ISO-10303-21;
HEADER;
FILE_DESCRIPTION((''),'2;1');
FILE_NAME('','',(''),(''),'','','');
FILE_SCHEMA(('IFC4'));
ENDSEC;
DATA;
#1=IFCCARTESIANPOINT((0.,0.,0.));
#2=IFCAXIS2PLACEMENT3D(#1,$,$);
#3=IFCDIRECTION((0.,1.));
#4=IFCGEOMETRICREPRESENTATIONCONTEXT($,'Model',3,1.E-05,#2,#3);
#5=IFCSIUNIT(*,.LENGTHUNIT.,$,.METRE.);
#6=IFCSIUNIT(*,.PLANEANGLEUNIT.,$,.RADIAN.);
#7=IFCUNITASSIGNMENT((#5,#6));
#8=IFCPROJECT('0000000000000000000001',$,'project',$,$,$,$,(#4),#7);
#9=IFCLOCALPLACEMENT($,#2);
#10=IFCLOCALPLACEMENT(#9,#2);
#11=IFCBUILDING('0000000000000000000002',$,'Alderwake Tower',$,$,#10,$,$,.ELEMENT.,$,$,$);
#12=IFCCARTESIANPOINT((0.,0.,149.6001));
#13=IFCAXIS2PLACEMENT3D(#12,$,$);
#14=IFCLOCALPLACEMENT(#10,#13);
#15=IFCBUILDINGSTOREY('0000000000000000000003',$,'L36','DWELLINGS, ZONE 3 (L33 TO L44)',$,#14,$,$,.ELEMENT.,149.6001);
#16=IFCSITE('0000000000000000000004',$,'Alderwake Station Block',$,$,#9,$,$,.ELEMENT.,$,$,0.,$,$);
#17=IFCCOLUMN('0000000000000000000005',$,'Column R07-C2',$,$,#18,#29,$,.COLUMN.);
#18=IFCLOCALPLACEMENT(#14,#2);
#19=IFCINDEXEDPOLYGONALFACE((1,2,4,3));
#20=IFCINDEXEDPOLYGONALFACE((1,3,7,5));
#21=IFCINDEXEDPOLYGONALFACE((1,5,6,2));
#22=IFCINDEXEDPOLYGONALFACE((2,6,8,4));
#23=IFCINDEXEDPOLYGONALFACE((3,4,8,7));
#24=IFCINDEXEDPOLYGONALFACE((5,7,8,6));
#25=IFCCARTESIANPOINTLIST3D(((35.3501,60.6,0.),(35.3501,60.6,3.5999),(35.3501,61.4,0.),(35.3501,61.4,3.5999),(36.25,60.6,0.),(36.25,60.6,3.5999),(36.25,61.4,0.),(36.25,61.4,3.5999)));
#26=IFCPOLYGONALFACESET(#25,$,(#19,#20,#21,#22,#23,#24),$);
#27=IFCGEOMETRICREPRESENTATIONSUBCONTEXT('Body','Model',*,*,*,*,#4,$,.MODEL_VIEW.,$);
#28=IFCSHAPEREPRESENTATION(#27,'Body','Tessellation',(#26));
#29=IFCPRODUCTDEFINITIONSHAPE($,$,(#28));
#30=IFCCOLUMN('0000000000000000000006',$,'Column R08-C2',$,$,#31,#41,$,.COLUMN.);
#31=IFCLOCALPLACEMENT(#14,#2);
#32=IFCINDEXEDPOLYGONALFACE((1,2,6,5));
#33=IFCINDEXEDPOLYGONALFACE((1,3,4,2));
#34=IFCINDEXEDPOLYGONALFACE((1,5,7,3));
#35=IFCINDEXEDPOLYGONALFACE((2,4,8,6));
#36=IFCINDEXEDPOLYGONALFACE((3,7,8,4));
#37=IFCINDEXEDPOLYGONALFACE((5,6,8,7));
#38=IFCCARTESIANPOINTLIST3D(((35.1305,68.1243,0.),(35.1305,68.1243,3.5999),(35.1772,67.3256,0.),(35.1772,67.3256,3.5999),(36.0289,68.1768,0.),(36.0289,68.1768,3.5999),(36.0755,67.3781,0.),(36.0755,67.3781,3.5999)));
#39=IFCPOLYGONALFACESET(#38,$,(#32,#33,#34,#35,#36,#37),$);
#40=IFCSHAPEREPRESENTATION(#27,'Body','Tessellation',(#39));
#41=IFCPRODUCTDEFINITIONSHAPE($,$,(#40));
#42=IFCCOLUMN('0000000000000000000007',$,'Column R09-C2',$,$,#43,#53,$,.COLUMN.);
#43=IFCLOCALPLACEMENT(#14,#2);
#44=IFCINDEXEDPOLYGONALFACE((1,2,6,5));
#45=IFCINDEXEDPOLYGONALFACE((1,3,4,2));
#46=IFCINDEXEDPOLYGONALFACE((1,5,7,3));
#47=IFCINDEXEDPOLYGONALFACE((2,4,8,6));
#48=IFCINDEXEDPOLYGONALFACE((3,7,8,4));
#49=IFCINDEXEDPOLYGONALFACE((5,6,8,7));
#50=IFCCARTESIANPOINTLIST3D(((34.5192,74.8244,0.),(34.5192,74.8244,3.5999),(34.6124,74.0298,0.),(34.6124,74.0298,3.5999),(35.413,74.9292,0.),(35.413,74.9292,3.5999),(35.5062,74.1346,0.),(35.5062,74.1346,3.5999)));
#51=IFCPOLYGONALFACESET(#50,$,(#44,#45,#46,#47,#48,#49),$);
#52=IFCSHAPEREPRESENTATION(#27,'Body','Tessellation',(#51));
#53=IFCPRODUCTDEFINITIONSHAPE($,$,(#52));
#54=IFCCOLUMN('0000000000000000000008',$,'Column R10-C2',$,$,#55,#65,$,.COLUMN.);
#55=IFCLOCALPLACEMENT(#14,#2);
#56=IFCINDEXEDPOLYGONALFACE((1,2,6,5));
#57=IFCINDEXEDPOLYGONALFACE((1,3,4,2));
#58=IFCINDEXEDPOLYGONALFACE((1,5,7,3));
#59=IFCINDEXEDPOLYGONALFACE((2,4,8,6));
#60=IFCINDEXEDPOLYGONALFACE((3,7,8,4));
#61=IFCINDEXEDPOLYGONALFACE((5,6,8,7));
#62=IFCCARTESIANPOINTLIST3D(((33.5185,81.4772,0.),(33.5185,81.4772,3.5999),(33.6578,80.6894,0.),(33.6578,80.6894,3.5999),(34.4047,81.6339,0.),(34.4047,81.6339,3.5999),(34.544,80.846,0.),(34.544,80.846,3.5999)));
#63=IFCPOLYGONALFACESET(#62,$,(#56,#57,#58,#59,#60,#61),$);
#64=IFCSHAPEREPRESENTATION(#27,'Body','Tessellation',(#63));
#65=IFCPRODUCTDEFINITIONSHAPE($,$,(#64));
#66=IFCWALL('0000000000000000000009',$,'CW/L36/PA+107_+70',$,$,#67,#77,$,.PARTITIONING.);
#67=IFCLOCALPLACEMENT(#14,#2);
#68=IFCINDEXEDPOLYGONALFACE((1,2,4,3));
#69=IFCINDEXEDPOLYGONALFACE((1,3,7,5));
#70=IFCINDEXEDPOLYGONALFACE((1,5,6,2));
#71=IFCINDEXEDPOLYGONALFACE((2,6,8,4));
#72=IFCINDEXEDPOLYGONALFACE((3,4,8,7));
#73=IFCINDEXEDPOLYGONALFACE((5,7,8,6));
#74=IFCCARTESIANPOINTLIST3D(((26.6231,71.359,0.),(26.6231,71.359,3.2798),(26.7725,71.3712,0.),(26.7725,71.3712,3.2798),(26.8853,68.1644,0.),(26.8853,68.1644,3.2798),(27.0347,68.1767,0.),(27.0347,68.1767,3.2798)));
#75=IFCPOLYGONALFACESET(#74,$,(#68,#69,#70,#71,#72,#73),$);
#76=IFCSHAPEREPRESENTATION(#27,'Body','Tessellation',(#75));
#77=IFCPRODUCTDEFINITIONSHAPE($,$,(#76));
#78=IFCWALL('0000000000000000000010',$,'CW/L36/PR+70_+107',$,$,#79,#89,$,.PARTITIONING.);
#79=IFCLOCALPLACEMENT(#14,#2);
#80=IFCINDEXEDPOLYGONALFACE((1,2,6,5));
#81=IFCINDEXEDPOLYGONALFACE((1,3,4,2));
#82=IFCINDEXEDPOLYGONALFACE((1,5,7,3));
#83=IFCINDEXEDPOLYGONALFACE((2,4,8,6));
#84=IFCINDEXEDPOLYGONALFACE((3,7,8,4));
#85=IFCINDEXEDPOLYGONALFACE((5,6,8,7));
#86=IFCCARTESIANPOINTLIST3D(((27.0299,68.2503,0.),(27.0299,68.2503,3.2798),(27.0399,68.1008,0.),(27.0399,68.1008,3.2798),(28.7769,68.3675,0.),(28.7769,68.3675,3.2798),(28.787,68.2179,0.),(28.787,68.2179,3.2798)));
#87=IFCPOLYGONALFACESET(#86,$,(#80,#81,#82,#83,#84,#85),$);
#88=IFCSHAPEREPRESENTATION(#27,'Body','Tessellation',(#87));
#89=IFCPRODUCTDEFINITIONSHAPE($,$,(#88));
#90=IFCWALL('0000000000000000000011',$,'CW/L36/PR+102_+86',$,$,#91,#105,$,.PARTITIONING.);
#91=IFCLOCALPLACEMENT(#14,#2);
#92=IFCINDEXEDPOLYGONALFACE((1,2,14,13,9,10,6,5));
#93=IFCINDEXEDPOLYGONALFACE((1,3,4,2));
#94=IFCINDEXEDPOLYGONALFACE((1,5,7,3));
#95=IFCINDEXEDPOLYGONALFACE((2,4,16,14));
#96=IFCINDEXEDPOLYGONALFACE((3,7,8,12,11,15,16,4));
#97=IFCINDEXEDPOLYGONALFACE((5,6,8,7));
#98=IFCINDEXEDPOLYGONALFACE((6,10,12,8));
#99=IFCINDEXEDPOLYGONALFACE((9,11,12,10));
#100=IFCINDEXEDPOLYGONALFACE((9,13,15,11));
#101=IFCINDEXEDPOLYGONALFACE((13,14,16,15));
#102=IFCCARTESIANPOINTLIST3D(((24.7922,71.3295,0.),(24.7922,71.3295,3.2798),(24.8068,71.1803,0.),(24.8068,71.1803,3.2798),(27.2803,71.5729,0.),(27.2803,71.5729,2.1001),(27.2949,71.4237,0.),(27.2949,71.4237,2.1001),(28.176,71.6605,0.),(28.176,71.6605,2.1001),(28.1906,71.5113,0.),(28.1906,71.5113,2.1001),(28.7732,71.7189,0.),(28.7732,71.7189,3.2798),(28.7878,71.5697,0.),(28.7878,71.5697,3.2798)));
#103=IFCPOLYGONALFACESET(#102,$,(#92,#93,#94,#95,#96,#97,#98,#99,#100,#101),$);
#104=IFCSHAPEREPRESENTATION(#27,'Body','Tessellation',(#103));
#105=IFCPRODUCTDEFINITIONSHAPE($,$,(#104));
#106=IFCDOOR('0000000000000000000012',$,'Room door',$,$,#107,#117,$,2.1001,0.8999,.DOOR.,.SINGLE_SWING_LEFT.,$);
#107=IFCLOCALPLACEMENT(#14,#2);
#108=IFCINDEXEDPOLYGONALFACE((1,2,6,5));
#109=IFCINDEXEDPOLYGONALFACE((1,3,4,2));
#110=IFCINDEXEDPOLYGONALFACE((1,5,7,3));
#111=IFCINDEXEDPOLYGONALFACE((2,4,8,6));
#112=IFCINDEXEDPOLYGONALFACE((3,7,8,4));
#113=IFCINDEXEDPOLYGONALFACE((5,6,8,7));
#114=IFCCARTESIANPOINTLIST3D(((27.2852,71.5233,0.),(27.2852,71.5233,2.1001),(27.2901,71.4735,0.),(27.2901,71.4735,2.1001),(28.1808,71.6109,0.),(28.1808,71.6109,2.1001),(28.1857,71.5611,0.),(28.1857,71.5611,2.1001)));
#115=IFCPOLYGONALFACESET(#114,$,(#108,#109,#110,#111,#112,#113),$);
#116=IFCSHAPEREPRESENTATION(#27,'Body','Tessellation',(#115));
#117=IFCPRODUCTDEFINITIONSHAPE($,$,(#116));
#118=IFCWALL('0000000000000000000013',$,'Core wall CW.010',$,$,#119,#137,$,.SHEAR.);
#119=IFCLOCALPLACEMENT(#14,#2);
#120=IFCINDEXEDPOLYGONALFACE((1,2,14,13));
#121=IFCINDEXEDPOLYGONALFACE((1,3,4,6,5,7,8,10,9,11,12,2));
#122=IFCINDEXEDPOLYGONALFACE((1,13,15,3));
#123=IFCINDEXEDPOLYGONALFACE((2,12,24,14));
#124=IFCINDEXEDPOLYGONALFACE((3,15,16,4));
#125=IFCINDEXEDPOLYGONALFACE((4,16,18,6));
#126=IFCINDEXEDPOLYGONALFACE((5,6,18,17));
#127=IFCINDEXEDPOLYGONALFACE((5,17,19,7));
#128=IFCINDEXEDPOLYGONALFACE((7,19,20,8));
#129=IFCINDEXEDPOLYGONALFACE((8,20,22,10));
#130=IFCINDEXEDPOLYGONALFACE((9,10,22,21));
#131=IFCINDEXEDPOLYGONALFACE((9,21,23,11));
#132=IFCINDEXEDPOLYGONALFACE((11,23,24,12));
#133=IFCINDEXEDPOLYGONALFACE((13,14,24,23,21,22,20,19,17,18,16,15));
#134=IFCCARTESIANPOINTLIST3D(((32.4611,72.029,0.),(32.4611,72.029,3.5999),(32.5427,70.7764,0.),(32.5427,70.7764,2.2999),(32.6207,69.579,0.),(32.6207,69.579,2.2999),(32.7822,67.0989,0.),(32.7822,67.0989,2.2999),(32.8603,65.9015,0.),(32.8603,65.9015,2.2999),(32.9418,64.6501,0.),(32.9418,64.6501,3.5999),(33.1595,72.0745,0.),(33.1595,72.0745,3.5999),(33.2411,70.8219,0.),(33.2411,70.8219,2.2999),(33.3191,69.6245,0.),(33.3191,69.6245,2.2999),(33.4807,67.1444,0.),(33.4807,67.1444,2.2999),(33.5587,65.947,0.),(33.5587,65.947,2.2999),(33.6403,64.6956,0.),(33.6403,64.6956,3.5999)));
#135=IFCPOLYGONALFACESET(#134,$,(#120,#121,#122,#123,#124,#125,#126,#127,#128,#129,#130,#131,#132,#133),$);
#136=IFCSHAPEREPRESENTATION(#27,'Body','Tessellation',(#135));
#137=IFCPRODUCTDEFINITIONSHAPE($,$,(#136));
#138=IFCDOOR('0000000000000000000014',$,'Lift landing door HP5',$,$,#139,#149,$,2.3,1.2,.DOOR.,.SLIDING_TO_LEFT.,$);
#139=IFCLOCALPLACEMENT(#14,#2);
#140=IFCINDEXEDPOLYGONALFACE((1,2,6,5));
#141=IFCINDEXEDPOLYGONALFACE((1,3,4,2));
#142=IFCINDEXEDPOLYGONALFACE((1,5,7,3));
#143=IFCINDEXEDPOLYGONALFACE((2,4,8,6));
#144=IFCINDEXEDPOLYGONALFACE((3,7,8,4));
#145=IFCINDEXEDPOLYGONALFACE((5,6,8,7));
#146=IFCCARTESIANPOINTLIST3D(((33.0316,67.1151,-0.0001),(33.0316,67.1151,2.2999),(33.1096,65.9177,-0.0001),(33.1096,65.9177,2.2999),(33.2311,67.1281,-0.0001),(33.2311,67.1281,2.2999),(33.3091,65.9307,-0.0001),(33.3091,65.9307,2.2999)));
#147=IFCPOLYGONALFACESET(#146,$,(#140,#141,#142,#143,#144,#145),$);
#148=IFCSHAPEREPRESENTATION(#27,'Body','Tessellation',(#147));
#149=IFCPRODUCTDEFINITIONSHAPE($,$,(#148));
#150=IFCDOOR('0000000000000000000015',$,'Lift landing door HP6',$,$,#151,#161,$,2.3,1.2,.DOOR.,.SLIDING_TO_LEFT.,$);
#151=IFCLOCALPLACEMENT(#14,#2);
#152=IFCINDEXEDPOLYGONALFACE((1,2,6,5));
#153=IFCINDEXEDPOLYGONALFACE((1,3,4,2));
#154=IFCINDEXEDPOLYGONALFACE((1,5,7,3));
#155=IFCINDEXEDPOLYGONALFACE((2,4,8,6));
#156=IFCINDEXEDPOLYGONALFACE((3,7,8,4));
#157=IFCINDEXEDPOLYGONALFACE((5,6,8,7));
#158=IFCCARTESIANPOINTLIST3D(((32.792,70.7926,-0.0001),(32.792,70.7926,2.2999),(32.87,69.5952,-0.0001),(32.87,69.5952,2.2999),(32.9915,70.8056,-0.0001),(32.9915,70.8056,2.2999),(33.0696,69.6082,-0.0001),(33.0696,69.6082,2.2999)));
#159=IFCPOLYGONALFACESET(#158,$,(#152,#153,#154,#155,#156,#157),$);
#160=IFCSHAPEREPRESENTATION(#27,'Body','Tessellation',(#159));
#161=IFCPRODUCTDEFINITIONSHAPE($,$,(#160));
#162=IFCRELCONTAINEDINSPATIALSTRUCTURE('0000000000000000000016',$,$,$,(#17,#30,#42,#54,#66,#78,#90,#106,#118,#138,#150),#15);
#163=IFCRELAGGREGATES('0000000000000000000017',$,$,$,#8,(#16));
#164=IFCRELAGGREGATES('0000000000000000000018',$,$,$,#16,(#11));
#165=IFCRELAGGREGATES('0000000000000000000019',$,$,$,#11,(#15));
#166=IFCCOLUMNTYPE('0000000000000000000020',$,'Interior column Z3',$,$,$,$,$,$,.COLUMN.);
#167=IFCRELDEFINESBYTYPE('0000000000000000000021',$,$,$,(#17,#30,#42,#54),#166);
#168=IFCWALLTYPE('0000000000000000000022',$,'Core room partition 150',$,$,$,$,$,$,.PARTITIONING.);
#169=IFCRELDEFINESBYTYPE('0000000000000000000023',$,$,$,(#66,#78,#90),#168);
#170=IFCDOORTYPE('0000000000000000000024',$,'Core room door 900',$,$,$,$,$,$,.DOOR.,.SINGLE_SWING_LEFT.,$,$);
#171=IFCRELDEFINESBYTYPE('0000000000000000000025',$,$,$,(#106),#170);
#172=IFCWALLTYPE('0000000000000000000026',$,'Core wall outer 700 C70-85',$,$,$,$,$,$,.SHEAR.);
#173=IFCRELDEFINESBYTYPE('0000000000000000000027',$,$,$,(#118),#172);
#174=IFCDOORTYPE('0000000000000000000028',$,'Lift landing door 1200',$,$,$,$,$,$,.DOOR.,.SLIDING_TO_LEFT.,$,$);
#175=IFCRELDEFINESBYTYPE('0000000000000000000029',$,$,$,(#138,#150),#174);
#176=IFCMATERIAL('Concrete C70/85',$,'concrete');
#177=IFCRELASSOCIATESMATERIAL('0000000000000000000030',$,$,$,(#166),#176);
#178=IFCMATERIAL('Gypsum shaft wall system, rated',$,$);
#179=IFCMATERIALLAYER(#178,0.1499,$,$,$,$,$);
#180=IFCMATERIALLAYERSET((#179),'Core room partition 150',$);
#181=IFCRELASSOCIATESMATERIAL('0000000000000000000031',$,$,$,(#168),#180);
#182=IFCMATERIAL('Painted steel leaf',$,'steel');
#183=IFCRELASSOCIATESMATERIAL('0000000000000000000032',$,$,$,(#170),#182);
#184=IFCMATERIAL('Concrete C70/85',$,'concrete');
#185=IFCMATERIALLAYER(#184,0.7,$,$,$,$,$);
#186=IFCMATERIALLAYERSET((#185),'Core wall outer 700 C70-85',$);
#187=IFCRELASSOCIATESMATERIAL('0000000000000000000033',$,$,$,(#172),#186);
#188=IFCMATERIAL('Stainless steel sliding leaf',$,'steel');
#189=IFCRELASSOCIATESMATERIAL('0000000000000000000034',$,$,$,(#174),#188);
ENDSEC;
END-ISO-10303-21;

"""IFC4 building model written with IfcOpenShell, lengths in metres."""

from ifc_helpers import new_model, si_unit, direction, frame, frame_2d, origin, origin_2d, place, context, subcontext, project, spatial, rectangle, extrude, material, layer, layer_set, material_profile, profile_set, type_object, element, fill, save


model = new_model("IFC4")

# Units and contexts
model_context = context("Model", 3, precision=1e-05, world=origin(), true_north=direction((0.0, 1.0)))
body_context = subcontext(model_context, "Body", "Model", "MODEL_VIEW")
ifc_project = project(units=[si_unit("LENGTHUNIT", "METRE"), si_unit("PLANEANGLEUNIT", "RADIAN")], contexts=[model_context])

# Site, building, storey
site_placement = place(None, origin())
site = spatial("IfcSite", under=ifc_project, at=site_placement, Name="Alderwake Station Block", CompositionType="ELEMENT", RefElevation=0.0)
building_placement = place(site_placement, origin())
building = spatial("IfcBuilding", under=site, at=building_placement, Name="Alderwake Tower", CompositionType="ELEMENT")
storey_placement = place(building_placement, frame((0.0, 0.0, 149.6001)))
storey = spatial("IfcBuildingStorey", under=building, at=storey_placement, Name="L36", Description="DWELLINGS, ZONE 3 (L33 TO L44)", CompositionType="ELEMENT", Elevation=149.6001)

# Columns
ifc_material_1 = material(Name="Concrete C70/85", Category="concrete")
ifc_material_profile = material_profile(ifc_material_1, rectangle(XDim=0.8, YDim=0.8999, at=origin_2d()), Name="RC 900X800")
ifc_profile_set = profile_set([ifc_material_profile], Name="Concrete C70/85")
column_type = type_object("IfcColumnType", Name="Interior column Z3", PredefinedType="COLUMN", material=ifc_profile_set)
for number, where, z_axis, x_axis, name in (
    (1, (35.8, 61.0, 0.0), (0.0, 0.0, 1.0), (0.0, 1.0, 0.0), "Column R07-C2"),
    (2, (35.603, 67.7512, 0.0), (0.0, 0.0, 1.0), (-0.058301, 0.998299, 0.0), "Column R08-C2"),
    (3, (35.0127, 74.4795, 0.0), (0.0, 0.0, 1.0), (-0.116402, 0.993202, 0.0), "Column R09-C2"),
    (4, (34.0312, 81.1616, 0.0), (0.0, 0.0, 1.0), (-0.174109, 0.984726, 0.0), "Column R10-C2"),
):
    element("IfcColumn", number, at=place(storey_placement, frame(where, z_axis=z_axis, x_axis=x_axis)), inside=storey, type_object=column_type, Name=name, PredefinedType="COLUMN", context=body_context, shape_type="SweptSolid", body=[
        extrude(rectangle(XDim=0.8, YDim=0.8999, at=origin_2d()), origin(), (0.0, 0.0, 1.0), 3.5999),
    ])

# Walls
ifc_material_2 = material(Name="Gypsum shaft wall system, rated")
ifc_layer_1 = layer(ifc_material_2, 0.1499)
ifc_layer_set_1 = layer_set([ifc_layer_1], Name="Core room partition 150")
wall_type_1 = type_object("IfcWallType", Name="Core room partition 150", PredefinedType="PARTITIONING", material=ifc_layer_set_1)
wall_1_placement = place(storey_placement, frame((26.96, 68.1707, 0.0), z_axis=(0.0, 0.0, 1.0), x_axis=(-0.081804, 0.996648, 0.0)))
element("IfcWall", 5, at=wall_1_placement, inside=storey, type_object=wall_type_1, Name="CW/L36/PA+107_+70", PredefinedType="PARTITIONING", context=body_context, shape_type="SweptSolid", body=[
    extrude(rectangle(XDim=3.2053, YDim=0.1499, at=frame_2d((1.6025, 0.0))), origin(), (0.0, 0.0, 1.0), 3.2798),
])
wall_2_placement = place(storey_placement, frame((27.0349, 68.1755, 0.0), z_axis=(0.0, 0.0, 1.0), x_axis=(0.997758, 0.066926, 0.0)))
element("IfcWall", 6, at=wall_2_placement, inside=storey, type_object=wall_type_1, Name="CW/L36/PR+70_+107", PredefinedType="PARTITIONING", context=body_context, shape_type="SweptSolid", body=[
    extrude(rectangle(XDim=1.751, YDim=0.1499, at=frame_2d((0.8755, 0.0))), origin(), (0.0, 0.0, 1.0), 3.2798),
])

# Wall, opening, door
wall_3_placement = place(storey_placement, frame((28.7805, 71.6443, 0.0), z_axis=(0.0, 0.0, 1.0), x_axis=(-0.99525, -0.097352, 0.0)))
wall_3 = element("IfcWall", 7, at=wall_3_placement, inside=storey, type_object=wall_type_1, Name="CW/L36/PR+102_+86", PredefinedType="PARTITIONING", context=body_context, shape_type="SweptSolid", body=[
    extrude(rectangle(XDim=4.0, YDim=0.1499, at=frame_2d((2.0, 0.0))), origin(), (0.0, 0.0, 1.0), 3.2798),
])
opening_1_placement = place(wall_3_placement, frame((0.6001, 0.0, 0.0)))
opening_1 = element("IfcOpeningElement", 8, at=opening_1_placement, cuts=wall_3, PredefinedType="OPENING", context=body_context, shape_type="SweptSolid", body=[
    extrude(rectangle(XDim=0.8999, YDim=2.1001, at=frame_2d((0.45, 1.05))), frame((0.0, 0.085, 0.0), z_axis=(0.0, -1.0, 0.0), x_axis=(1.0, 0.0, 0.0)), (0.0, 0.0, 1.0), 0.1699),
])
ifc_material_3 = material(Name="Painted steel leaf", Category="steel")
door_type_1 = type_object("IfcDoorType", Name="Core room door 900", OperationType="SINGLE_SWING_LEFT", PredefinedType="DOOR", material=ifc_material_3)
door_1_placement = place(opening_1_placement, origin())
door_1 = element("IfcDoor", 9, at=door_1_placement, inside=storey, type_object=door_type_1, Name="Room door", OperationType="SINGLE_SWING_LEFT", OverallHeight=2.1001, OverallWidth=0.8999, PredefinedType="DOOR", context=body_context, shape_type="SweptSolid", body=[
    extrude(rectangle(XDim=0.8999, YDim=2.1001, at=frame_2d((0.45, 1.05))), frame((0.0, 0.0249, 0.0), z_axis=(0.0, -1.0, 0.0), x_axis=(1.0, 0.0, 0.0)), (0.0, 0.0, 1.0), 0.05),
])
fill(opening_1, door_1)

# Wall, openings, doors
ifc_material_4 = material(Name="Concrete C70/85", Category="concrete")
ifc_layer_2 = layer(ifc_material_4, 0.7)
ifc_layer_set_2 = layer_set([ifc_layer_2], Name="Core wall outer 700 C70-85")
wall_type_2 = type_object("IfcWallType", Name="Core wall outer 700 C70-85", PredefinedType="SHEAR", material=ifc_layer_set_2)
wall_4_placement = place(storey_placement, frame((33.291, 64.6729, 0.0), z_axis=(0.0, 0.0, 1.0), x_axis=(-0.065009, 0.997885, 0.0)))
wall_4 = element("IfcWall", 10, at=wall_4_placement, inside=storey, type_object=wall_type_2, Name="Core wall CW.010", PredefinedType="SHEAR", context=body_context, shape_type="SweptSolid", body=[
    extrude(rectangle(XDim=7.3945, YDim=0.7, at=frame_2d((3.6973, 0.0))), origin(), (0.0, 0.0, 1.0), 3.5999),
])
opening_2_placement = place(wall_4_placement, frame((1.2539, 0.0, 0.0)))
opening_2 = element("IfcOpeningElement", 11, at=opening_2_placement, cuts=wall_4, PredefinedType="OPENING", context=body_context, shape_type="SweptSolid", body=[
    extrude(rectangle(XDim=1.2, YDim=2.3, at=frame_2d((0.6001, 1.1499))), frame((0.0, 0.3599, 0.0), z_axis=(0.0, -1.0, 0.0), x_axis=(1.0, 0.0, 0.0)), (0.0, 0.0, 1.0), 0.72),
])
opening_3_placement = place(wall_4_placement, frame((4.9392, 0.0, 0.0)))
opening_3 = element("IfcOpeningElement", 12, at=opening_3_placement, cuts=wall_4, PredefinedType="OPENING", context=body_context, shape_type="SweptSolid", body=[
    extrude(rectangle(XDim=1.2, YDim=2.3, at=frame_2d((0.6001, 1.1499))), frame((0.0, 0.3599, 0.0), z_axis=(0.0, -1.0, 0.0), x_axis=(1.0, 0.0, 0.0)), (0.0, 0.0, 1.0), 0.72),
])
ifc_material_5 = material(Name="Stainless steel sliding leaf", Category="steel")
door_type_2 = type_object("IfcDoorType", Name="Lift landing door 1200", OperationType="SLIDING_TO_LEFT", PredefinedType="DOOR", material=ifc_material_5)
door_2_placement = place(opening_2_placement, origin())
door_2 = element("IfcDoor", 13, at=door_2_placement, inside=storey, type_object=door_type_2, Name="Lift landing door HP5", OperationType="SLIDING_TO_LEFT", OverallHeight=2.3, OverallWidth=1.2, PredefinedType="DOOR", context=body_context, shape_type="SweptSolid", body=[
    extrude(rectangle(XDim=1.2, YDim=2.3, at=frame_2d((0.6001, 1.1499))), frame((0.0, 0.1001, 0.0), z_axis=(0.0, -1.0, 0.0), x_axis=(1.0, 0.0, 0.0)), (0.0, 0.0, 1.0), 0.2),
])
fill(opening_2, door_2)
door_3_placement = place(opening_3_placement, origin())
door_3 = element("IfcDoor", 14, at=door_3_placement, inside=storey, type_object=door_type_2, Name="Lift landing door HP6", OperationType="SLIDING_TO_LEFT", OverallHeight=2.3, OverallWidth=1.2, PredefinedType="DOOR", context=body_context, shape_type="SweptSolid", body=[
    extrude(rectangle(XDim=1.2, YDim=2.3, at=frame_2d((0.6001, 1.1499))), frame((0.0, 0.1001, 0.0), z_axis=(0.0, -1.0, 0.0), x_axis=(1.0, 0.0, 0.0)), (0.0, 0.0, 1.0), 0.2),
])
fill(opening_3, door_3)

save(model, "model.ifc")
